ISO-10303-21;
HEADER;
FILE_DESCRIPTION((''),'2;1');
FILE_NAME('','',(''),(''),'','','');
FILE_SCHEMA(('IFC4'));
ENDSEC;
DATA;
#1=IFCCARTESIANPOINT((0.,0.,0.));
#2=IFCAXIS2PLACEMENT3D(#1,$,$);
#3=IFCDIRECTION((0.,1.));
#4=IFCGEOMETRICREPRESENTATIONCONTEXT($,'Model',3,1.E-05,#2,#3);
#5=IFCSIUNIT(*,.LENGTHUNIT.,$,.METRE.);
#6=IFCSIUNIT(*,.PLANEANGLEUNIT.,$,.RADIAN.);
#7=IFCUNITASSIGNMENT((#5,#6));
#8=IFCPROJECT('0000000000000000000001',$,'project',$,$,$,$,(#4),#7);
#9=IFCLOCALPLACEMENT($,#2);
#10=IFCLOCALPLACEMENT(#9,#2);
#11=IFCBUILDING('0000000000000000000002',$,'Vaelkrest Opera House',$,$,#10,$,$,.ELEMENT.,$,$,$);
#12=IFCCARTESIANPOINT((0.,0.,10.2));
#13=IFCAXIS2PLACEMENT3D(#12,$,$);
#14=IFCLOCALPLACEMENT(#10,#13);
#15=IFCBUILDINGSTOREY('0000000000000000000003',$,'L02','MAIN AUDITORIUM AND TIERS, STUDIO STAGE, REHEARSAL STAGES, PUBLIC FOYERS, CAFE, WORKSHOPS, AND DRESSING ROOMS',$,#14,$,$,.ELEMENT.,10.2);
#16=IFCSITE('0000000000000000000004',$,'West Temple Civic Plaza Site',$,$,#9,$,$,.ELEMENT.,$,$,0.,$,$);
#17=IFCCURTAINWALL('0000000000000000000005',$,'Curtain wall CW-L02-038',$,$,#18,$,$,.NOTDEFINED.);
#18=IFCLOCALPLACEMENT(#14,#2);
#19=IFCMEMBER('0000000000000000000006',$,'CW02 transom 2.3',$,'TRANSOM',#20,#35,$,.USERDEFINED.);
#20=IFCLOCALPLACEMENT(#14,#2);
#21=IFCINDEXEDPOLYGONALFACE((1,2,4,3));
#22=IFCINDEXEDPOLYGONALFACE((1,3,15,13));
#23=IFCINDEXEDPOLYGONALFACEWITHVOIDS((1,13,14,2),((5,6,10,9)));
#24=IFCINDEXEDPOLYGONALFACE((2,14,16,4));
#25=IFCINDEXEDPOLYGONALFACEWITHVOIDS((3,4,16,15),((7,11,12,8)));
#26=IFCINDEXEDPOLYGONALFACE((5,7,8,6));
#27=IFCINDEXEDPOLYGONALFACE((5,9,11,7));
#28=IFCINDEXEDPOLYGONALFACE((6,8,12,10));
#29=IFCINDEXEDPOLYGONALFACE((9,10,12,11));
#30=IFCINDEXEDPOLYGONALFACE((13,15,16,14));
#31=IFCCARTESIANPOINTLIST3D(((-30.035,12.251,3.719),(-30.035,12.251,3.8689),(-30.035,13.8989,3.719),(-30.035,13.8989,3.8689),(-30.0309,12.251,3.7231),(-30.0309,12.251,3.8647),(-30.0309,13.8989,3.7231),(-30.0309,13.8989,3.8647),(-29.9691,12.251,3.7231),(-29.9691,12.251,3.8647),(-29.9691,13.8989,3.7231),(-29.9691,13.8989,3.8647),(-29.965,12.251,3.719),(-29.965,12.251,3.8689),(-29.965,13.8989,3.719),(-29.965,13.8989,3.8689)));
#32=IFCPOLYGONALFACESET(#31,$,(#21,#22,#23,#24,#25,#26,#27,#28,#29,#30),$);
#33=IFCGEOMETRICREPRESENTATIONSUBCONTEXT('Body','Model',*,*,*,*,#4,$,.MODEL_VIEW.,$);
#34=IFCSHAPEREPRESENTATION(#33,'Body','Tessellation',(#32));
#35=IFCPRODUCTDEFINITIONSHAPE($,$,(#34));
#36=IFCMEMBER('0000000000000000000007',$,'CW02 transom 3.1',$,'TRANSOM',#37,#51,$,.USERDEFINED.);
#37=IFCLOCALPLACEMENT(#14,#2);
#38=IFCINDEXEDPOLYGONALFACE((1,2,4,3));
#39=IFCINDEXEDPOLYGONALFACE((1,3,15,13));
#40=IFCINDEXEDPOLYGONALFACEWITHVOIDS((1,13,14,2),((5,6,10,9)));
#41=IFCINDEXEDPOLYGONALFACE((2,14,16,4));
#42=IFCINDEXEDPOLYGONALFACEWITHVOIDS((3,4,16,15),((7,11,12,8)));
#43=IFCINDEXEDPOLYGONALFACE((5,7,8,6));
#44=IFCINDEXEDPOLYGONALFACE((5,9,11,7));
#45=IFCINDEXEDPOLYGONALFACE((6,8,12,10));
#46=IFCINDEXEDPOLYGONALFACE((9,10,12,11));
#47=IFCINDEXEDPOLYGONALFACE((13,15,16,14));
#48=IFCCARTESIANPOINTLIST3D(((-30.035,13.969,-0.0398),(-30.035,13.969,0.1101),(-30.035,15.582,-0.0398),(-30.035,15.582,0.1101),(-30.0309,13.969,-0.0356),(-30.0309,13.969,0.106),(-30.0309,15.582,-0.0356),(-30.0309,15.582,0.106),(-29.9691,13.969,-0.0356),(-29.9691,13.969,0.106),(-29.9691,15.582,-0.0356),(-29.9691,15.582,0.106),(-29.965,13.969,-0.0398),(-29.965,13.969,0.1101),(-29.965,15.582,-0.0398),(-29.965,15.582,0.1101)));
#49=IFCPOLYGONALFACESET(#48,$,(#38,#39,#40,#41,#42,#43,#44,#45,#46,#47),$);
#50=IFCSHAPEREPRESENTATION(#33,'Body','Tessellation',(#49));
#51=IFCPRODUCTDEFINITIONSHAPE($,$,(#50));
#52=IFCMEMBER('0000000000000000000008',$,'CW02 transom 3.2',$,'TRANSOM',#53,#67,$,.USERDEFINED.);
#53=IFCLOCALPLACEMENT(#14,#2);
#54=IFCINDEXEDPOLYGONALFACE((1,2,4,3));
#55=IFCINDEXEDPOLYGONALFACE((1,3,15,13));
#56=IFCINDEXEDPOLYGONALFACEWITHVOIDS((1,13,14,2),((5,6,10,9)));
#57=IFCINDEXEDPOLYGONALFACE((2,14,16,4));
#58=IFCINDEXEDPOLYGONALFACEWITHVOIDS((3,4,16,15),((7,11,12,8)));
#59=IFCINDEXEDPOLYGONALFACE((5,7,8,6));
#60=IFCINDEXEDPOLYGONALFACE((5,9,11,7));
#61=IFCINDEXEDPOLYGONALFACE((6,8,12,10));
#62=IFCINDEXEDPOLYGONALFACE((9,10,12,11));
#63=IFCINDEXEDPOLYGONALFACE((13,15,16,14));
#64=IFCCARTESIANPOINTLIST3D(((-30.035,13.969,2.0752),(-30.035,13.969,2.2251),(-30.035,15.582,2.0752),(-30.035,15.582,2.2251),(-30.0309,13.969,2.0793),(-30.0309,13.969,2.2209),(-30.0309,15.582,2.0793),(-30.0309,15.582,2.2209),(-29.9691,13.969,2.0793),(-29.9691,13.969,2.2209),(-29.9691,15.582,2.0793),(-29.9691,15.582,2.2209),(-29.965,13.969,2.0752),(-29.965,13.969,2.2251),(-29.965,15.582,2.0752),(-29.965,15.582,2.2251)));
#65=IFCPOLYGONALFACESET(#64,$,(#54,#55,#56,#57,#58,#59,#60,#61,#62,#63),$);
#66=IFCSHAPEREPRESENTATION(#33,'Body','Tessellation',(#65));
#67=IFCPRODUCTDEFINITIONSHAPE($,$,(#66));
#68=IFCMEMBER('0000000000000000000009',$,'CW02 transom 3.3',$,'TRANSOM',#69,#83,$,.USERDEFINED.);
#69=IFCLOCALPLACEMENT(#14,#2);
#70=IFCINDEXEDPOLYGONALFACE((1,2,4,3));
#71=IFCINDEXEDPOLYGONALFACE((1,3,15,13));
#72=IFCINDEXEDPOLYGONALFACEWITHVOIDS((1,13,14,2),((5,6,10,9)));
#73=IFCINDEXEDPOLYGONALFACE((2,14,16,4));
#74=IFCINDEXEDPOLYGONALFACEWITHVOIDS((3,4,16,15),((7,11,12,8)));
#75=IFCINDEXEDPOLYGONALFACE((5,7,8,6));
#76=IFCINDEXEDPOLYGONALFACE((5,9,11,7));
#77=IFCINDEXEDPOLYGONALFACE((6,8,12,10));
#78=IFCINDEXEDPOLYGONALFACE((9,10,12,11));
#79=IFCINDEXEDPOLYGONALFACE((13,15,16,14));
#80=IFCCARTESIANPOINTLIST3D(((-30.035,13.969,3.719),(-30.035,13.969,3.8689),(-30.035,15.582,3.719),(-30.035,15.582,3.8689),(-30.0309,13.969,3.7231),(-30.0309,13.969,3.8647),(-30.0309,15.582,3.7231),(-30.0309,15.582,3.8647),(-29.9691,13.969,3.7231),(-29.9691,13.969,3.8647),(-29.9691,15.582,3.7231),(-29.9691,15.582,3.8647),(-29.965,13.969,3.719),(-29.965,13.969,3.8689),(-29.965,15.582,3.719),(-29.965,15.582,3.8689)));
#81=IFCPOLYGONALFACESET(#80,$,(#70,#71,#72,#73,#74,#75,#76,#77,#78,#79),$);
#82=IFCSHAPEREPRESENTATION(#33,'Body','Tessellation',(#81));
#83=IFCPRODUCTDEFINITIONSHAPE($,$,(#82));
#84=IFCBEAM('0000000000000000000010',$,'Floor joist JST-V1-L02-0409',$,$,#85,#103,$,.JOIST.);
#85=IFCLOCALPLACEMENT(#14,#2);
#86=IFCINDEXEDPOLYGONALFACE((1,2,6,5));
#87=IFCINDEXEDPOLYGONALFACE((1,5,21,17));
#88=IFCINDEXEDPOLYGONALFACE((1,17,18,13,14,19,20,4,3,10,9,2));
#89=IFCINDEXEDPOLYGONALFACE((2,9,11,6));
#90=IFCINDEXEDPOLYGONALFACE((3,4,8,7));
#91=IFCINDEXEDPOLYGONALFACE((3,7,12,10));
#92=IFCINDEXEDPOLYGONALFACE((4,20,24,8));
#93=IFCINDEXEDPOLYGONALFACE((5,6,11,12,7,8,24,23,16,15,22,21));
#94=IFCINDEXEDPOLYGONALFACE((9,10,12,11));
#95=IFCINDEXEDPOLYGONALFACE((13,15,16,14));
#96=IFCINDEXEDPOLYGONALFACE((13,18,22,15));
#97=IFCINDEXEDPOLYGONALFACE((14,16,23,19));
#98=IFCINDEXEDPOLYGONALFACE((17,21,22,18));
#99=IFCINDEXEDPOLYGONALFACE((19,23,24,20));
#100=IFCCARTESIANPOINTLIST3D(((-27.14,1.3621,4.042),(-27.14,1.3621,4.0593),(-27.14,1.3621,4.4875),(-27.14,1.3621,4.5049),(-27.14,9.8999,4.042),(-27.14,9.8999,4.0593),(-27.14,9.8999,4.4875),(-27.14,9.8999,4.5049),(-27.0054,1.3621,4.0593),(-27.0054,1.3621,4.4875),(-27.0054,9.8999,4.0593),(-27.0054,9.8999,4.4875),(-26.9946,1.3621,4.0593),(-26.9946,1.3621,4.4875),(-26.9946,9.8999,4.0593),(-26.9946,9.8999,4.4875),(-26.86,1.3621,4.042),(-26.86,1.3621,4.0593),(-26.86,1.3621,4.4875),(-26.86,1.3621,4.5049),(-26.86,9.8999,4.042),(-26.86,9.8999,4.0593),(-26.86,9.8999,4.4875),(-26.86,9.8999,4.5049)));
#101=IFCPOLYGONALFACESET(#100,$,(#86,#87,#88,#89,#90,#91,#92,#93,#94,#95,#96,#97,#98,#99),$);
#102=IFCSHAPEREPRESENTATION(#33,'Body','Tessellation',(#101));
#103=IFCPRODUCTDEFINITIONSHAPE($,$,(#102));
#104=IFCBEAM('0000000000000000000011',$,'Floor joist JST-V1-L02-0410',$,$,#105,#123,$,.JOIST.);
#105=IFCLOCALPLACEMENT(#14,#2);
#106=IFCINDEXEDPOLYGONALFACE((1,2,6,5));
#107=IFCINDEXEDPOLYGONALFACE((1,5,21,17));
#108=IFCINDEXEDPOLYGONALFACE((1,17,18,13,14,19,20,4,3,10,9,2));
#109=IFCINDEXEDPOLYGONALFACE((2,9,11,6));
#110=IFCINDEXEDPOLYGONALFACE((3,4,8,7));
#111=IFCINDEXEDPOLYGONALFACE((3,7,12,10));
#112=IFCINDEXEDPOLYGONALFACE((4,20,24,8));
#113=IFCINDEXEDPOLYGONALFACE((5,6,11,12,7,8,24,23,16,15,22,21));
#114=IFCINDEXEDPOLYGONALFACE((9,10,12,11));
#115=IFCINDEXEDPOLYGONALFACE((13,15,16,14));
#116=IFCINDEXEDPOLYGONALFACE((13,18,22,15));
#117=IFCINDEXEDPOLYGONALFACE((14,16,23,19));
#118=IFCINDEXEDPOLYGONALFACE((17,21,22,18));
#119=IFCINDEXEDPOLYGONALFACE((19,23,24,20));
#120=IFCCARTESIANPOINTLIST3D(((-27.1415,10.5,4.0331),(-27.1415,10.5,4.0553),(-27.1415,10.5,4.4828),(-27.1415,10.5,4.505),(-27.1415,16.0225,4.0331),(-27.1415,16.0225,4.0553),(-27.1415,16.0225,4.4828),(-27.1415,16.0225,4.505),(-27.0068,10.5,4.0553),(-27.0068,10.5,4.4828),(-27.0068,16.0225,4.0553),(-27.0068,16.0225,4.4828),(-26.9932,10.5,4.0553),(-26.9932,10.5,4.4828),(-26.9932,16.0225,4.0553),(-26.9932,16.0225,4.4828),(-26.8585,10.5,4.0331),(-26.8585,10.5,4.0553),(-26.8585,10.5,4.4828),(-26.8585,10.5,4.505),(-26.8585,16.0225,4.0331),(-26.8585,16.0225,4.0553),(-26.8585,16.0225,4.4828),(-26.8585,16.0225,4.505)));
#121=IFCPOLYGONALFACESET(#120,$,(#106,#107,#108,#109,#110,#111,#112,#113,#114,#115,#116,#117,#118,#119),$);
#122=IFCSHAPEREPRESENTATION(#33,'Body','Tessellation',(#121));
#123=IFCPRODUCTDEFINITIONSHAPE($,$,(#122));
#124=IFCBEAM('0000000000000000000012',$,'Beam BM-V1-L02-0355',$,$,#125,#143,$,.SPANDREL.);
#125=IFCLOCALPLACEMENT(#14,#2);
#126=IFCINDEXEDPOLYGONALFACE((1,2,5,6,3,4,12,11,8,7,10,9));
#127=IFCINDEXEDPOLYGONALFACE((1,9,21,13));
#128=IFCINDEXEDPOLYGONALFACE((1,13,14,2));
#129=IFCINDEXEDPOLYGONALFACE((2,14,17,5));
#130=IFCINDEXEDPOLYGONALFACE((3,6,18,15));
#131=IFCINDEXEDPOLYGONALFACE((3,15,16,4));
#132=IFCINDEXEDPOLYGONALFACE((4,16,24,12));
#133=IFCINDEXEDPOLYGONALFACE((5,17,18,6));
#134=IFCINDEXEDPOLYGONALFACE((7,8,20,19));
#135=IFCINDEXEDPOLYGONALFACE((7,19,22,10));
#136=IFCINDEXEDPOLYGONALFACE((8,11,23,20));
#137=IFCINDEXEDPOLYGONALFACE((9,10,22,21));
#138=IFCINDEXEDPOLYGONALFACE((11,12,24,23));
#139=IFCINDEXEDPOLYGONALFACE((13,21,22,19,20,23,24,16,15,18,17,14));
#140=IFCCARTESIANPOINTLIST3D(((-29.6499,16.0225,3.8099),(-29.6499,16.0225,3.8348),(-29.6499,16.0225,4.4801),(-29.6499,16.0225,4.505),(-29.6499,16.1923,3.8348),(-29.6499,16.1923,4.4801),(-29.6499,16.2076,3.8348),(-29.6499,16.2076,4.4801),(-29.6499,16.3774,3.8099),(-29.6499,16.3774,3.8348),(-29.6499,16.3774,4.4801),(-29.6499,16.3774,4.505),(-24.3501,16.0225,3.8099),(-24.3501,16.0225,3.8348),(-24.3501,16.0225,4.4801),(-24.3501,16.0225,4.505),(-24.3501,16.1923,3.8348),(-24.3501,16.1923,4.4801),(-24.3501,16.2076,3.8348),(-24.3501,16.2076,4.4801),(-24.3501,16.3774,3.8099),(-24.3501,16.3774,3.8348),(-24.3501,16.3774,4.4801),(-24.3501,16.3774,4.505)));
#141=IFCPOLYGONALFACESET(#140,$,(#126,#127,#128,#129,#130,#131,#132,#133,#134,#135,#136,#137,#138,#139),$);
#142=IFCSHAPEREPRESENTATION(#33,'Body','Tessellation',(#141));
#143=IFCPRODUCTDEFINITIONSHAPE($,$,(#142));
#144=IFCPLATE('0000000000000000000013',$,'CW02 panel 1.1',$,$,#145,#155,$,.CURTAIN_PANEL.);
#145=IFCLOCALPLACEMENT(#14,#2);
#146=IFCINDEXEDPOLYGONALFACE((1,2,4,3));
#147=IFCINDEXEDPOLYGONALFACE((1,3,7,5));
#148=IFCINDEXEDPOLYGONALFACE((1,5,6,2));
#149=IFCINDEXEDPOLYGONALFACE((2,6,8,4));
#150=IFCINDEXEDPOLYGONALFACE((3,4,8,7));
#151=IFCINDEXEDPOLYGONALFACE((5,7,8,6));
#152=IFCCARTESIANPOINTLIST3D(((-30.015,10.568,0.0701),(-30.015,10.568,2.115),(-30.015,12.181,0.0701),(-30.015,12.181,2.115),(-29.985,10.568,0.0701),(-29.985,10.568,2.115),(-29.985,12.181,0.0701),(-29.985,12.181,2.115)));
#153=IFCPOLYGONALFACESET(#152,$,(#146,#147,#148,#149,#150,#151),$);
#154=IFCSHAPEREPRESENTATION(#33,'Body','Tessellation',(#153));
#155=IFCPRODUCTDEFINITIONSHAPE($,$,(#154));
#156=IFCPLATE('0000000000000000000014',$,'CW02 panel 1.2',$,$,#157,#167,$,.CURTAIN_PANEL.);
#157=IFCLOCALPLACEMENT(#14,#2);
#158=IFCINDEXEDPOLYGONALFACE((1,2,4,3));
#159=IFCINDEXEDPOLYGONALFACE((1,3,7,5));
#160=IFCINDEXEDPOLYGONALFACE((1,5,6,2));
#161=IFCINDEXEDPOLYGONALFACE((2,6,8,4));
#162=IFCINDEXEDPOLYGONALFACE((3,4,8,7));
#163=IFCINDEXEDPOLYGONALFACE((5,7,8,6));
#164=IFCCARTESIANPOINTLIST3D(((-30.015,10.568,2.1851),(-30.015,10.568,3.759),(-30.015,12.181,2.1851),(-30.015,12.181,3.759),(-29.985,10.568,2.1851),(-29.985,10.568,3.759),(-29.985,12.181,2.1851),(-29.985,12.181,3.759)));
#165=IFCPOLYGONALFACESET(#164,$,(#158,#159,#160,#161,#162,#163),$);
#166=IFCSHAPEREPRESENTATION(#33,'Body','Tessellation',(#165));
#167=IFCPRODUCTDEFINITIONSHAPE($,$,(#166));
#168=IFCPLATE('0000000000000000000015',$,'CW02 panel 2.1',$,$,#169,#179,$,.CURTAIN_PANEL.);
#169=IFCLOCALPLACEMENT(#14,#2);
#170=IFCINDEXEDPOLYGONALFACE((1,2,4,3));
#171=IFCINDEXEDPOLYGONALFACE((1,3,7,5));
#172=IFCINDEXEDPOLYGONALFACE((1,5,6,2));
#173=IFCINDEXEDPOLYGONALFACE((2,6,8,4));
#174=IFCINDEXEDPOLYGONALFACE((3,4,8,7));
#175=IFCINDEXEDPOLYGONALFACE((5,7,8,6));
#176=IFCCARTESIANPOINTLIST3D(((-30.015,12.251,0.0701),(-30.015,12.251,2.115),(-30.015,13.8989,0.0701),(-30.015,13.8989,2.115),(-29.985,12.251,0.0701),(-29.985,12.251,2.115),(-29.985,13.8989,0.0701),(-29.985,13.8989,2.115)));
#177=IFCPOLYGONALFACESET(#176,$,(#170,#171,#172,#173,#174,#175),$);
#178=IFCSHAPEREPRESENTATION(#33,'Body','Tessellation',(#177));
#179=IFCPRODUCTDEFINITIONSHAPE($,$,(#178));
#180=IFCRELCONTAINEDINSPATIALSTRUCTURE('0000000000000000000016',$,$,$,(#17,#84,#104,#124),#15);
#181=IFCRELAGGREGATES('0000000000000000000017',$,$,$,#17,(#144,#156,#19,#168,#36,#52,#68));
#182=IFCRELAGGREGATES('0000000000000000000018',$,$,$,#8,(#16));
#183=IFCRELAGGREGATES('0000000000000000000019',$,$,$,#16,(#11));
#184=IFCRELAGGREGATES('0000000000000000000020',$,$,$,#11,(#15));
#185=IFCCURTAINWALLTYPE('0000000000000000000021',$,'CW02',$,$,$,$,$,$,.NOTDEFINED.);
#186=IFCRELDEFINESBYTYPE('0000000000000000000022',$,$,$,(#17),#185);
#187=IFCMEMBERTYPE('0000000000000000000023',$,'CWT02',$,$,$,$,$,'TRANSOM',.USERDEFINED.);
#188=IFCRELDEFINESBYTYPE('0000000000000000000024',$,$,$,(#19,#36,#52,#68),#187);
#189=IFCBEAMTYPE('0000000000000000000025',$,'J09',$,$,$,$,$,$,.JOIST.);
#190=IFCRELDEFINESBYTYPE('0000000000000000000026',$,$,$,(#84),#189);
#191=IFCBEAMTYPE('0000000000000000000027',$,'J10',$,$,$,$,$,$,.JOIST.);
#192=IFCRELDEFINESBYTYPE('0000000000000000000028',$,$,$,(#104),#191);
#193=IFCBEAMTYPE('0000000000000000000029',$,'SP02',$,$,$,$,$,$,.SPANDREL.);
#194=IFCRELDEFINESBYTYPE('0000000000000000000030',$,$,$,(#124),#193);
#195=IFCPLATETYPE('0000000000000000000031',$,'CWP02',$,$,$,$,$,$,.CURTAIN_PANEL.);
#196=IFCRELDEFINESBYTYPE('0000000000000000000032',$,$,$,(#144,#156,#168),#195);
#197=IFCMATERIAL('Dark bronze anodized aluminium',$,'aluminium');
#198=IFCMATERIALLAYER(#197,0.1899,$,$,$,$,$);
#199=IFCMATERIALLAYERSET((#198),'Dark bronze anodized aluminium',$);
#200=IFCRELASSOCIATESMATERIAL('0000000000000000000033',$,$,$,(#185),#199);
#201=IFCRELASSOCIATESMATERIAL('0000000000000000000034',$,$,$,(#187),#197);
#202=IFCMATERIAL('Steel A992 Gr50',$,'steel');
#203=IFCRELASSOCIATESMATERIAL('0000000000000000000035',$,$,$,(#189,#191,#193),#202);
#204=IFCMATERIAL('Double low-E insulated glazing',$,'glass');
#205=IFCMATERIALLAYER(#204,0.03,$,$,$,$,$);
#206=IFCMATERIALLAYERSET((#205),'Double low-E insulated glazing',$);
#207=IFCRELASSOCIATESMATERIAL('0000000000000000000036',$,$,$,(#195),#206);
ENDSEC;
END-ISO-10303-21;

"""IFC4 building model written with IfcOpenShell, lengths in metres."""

from ifc_helpers import new_model, si_unit, direction, frame, origin, origin_2d, place, context, subcontext, project, spatial, rectangle, hollow_rectangle, i_section, extrude, material, layer, layer_set, material_profile, profile_set, type_object, element, aggregate, save


model = new_model("IFC4")

# Units and contexts
model_context = context("Model", 3, precision=1e-05, world=origin(), true_north=direction((0.0, 1.0)))
body_context = subcontext(model_context, "Body", "Model", "MODEL_VIEW")
ifc_project = project(units=[si_unit("LENGTHUNIT", "METRE"), si_unit("PLANEANGLEUNIT", "RADIAN")], contexts=[model_context])

# Site, building, storey
site_placement = place(None, origin())
site = spatial("IfcSite", under=ifc_project, at=site_placement, Name="West Temple Civic Plaza Site", CompositionType="ELEMENT", RefElevation=0.0)
building_placement = place(site_placement, origin())
building = spatial("IfcBuilding", under=site, at=building_placement, Name="Vaelkrest Opera House", CompositionType="ELEMENT")
storey_placement = place(building_placement, frame((0.0, 0.0, 10.2)))
storey = spatial("IfcBuildingStorey", under=building, at=storey_placement, Name="L02", Description="MAIN AUDITORIUM AND TIERS, STUDIO STAGE, REHEARSAL STAGES, PUBLIC FOYERS, CAFE, WORKSHOPS, AND DRESSING ROOMS", CompositionType="ELEMENT", Elevation=10.2)

# Shared definitions
ifc_material_1 = material(Name="Steel A992 Gr50", Category="steel")

# Curtain wall, members
ifc_material_2 = material(Name="Dark bronze anodized aluminium", Category="aluminium")
ifc_layer_1 = layer(ifc_material_2, 0.1899)
ifc_layer_set_1 = layer_set([ifc_layer_1], Name="Dark bronze anodized aluminium")
curtain_wall_type = type_object("IfcCurtainWallType", Name="CW02", PredefinedType="NOTDEFINED", material=ifc_layer_set_1)
curtain_wall_placement = place(storey_placement, origin())
curtain_wall = element("IfcCurtainWall", 1, at=curtain_wall_placement, inside=storey, type_object=curtain_wall_type, Name="Curtain wall CW-L02-038", PredefinedType="NOTDEFINED")
ifc_material_profile_1 = material_profile(ifc_material_2, hollow_rectangle(XDim=0.0701, YDim=0.1499, WallThickness=0.0042, at=origin_2d()), Name="CWT70X150")
ifc_profile_set_1 = profile_set([ifc_material_profile_1], Name="Dark bronze anodized aluminium")
member_type_1 = type_object("IfcMemberType", Name="CWT02", ElementType="TRANSOM", PredefinedType="USERDEFINED", material=ifc_profile_set_1)
member_1_placement = place(storey_placement, frame((-30.0, 12.251, 3.7939), z_axis=(0.0, 1.0, 0.0), x_axis=(-1.0, 0.0, 0.0)))
member_1 = element("IfcMember", 2, at=member_1_placement, type_object=member_type_1, Name="CW02 transom 2.3", ObjectType="TRANSOM", PredefinedType="USERDEFINED", context=body_context, shape_type="SweptSolid", body=[
    extrude(hollow_rectangle(XDim=0.0701, YDim=0.1499, WallThickness=0.0042, at=origin_2d()), origin(), (0.0, 0.0, 1.0), 1.6479),
])
member_2_placement = place(storey_placement, frame((-30.0, 13.969, 0.0352), z_axis=(0.0, 1.0, 0.0), x_axis=(-1.0, 0.0, 0.0)))
member_2 = element("IfcMember", 3, at=member_2_placement, type_object=member_type_1, Name="CW02 transom 3.1", ObjectType="TRANSOM", PredefinedType="USERDEFINED", context=body_context, shape_type="SweptSolid", body=[
    extrude(hollow_rectangle(XDim=0.0701, YDim=0.1499, WallThickness=0.0042, at=origin_2d()), origin(), (0.0, 0.0, 1.0), 1.613),
])
member_3_placement = place(storey_placement, frame((-30.0, 13.969, 2.1501), z_axis=(0.0, 1.0, 0.0), x_axis=(-1.0, 0.0, 0.0)))
member_3 = element("IfcMember", 4, at=member_3_placement, type_object=member_type_1, Name="CW02 transom 3.2", ObjectType="TRANSOM", PredefinedType="USERDEFINED", context=body_context, shape_type="SweptSolid", body=[
    extrude(hollow_rectangle(XDim=0.0701, YDim=0.1499, WallThickness=0.0042, at=origin_2d()), origin(), (0.0, 0.0, 1.0), 1.613),
])
member_4_placement = place(storey_placement, frame((-30.0, 13.969, 3.7939), z_axis=(0.0, 1.0, 0.0), x_axis=(-1.0, 0.0, 0.0)))
member_4 = element("IfcMember", 5, at=member_4_placement, type_object=member_type_1, Name="CW02 transom 3.3", ObjectType="TRANSOM", PredefinedType="USERDEFINED", context=body_context, shape_type="SweptSolid", body=[
    extrude(hollow_rectangle(XDim=0.0701, YDim=0.1499, WallThickness=0.0042, at=origin_2d()), origin(), (0.0, 0.0, 1.0), 1.613),
])

# Beams
ifc_material_profile_2 = material_profile(ifc_material_1, i_section(OverallWidth=0.28, OverallDepth=0.4629, WebThickness=0.0107, FlangeThickness=0.0173, at=origin_2d()), Name="W18X76")
ifc_profile_set_2 = profile_set([ifc_material_profile_2], Name="Steel A992 Gr50")
beam_type_1 = type_object("IfcBeamType", Name="J09", PredefinedType="JOIST", material=ifc_profile_set_2)
beam_1_placement = place(storey_placement, frame((-27.0, 1.3621, 4.2734), z_axis=(0.0, 1.0, 0.0), x_axis=(-1.0, 0.0, 0.0)))
element("IfcBeam", 6, at=beam_1_placement, inside=storey, type_object=beam_type_1, Name="Floor joist JST-V1-L02-0409", PredefinedType="JOIST", context=body_context, shape_type="SweptSolid", body=[
    extrude(i_section(OverallWidth=0.28, OverallDepth=0.4629, WebThickness=0.0107, FlangeThickness=0.0173, at=origin_2d()), origin(), (0.0, 0.0, 1.0), 8.5378),
])
ifc_material_profile_3 = material_profile(ifc_material_1, i_section(OverallWidth=0.283, OverallDepth=0.4719, WebThickness=0.0137, FlangeThickness=0.0222, at=origin_2d()), Name="W18X97")
ifc_profile_set_3 = profile_set([ifc_material_profile_3], Name="Steel A992 Gr50")
beam_type_2 = type_object("IfcBeamType", Name="J10", PredefinedType="JOIST", material=ifc_profile_set_3)
beam_2_placement = place(storey_placement, frame((-27.0, 10.5, 4.269), z_axis=(0.0, 1.0, 0.0), x_axis=(-1.0, 0.0, 0.0)))
element("IfcBeam", 7, at=beam_2_placement, inside=storey, type_object=beam_type_2, Name="Floor joist JST-V1-L02-0410", PredefinedType="JOIST", context=body_context, shape_type="SweptSolid", body=[
    extrude(i_section(OverallWidth=0.283, OverallDepth=0.4719, WebThickness=0.0137, FlangeThickness=0.0222, at=origin_2d()), origin(), (0.0, 0.0, 1.0), 5.5225),
])
ifc_material_profile_4 = material_profile(ifc_material_1, i_section(OverallWidth=0.355, OverallDepth=0.6951, WebThickness=0.0154, FlangeThickness=0.0249, at=origin_2d()), Name="W27X146")
ifc_profile_set_4 = profile_set([ifc_material_profile_4], Name="Steel A992 Gr50")
beam_type_3 = type_object("IfcBeamType", Name="SP02", PredefinedType="SPANDREL", material=ifc_profile_set_4)
beam_3_placement = place(storey_placement, frame((-29.6499, 16.2, 4.1575), z_axis=(1.0, 0.0, 0.0), x_axis=(0.0, 1.0, 0.0)))
element("IfcBeam", 8, at=beam_3_placement, inside=storey, type_object=beam_type_3, Name="Beam BM-V1-L02-0355", PredefinedType="SPANDREL", context=body_context, shape_type="SweptSolid", body=[
    extrude(i_section(OverallWidth=0.355, OverallDepth=0.6951, WebThickness=0.0154, FlangeThickness=0.0249, at=origin_2d()), origin(), (0.0, 0.0, 1.0), 5.2998),
])

# Plates
ifc_material_3 = material(Name="Double low-E insulated glazing", Category="glass")
ifc_layer_2 = layer(ifc_material_3, 0.03)
ifc_layer_set_2 = layer_set([ifc_layer_2], Name="Double low-E insulated glazing")
plate_type = type_object("IfcPlateType", Name="CWP02", PredefinedType="CURTAIN_PANEL", material=ifc_layer_set_2)
plate_1_placement = place(storey_placement, frame((-30.0, 11.3745, 0.0701), z_axis=(0.0, 0.0, 1.0), x_axis=(0.0, 1.0, 0.0)))
plate_1 = element("IfcPlate", 9, at=plate_1_placement, type_object=plate_type, Name="CW02 panel 1.1", PredefinedType="CURTAIN_PANEL", context=body_context, shape_type="SweptSolid", body=[
    extrude(rectangle(XDim=1.613, YDim=0.03, at=origin_2d()), origin(), (0.0, 0.0, 1.0), 2.0449),
])
plate_2_placement = place(storey_placement, frame((-30.0, 11.3745, 2.1851), z_axis=(0.0, 0.0, 1.0), x_axis=(0.0, 1.0, 0.0)))
plate_2 = element("IfcPlate", 10, at=plate_2_placement, type_object=plate_type, Name="CW02 panel 1.2", PredefinedType="CURTAIN_PANEL", context=body_context, shape_type="SweptSolid", body=[
    extrude(rectangle(XDim=1.613, YDim=0.03, at=origin_2d()), origin(), (0.0, 0.0, 1.0), 1.574),
])
plate_3_placement = place(storey_placement, frame((-30.0, 13.075, 0.0701), z_axis=(0.0, 0.0, 1.0), x_axis=(0.0, 1.0, 0.0)))
plate_3 = element("IfcPlate", 11, at=plate_3_placement, type_object=plate_type, Name="CW02 panel 2.1", PredefinedType="CURTAIN_PANEL", context=body_context, shape_type="SweptSolid", body=[
    extrude(rectangle(XDim=1.6479, YDim=0.03, at=origin_2d()), origin(), (0.0, 0.0, 1.0), 2.0449),
])
aggregate(curtain_wall, [plate_1, plate_2, member_1, plate_3, member_2, member_3, member_4])

save(model, "model.ifc")
